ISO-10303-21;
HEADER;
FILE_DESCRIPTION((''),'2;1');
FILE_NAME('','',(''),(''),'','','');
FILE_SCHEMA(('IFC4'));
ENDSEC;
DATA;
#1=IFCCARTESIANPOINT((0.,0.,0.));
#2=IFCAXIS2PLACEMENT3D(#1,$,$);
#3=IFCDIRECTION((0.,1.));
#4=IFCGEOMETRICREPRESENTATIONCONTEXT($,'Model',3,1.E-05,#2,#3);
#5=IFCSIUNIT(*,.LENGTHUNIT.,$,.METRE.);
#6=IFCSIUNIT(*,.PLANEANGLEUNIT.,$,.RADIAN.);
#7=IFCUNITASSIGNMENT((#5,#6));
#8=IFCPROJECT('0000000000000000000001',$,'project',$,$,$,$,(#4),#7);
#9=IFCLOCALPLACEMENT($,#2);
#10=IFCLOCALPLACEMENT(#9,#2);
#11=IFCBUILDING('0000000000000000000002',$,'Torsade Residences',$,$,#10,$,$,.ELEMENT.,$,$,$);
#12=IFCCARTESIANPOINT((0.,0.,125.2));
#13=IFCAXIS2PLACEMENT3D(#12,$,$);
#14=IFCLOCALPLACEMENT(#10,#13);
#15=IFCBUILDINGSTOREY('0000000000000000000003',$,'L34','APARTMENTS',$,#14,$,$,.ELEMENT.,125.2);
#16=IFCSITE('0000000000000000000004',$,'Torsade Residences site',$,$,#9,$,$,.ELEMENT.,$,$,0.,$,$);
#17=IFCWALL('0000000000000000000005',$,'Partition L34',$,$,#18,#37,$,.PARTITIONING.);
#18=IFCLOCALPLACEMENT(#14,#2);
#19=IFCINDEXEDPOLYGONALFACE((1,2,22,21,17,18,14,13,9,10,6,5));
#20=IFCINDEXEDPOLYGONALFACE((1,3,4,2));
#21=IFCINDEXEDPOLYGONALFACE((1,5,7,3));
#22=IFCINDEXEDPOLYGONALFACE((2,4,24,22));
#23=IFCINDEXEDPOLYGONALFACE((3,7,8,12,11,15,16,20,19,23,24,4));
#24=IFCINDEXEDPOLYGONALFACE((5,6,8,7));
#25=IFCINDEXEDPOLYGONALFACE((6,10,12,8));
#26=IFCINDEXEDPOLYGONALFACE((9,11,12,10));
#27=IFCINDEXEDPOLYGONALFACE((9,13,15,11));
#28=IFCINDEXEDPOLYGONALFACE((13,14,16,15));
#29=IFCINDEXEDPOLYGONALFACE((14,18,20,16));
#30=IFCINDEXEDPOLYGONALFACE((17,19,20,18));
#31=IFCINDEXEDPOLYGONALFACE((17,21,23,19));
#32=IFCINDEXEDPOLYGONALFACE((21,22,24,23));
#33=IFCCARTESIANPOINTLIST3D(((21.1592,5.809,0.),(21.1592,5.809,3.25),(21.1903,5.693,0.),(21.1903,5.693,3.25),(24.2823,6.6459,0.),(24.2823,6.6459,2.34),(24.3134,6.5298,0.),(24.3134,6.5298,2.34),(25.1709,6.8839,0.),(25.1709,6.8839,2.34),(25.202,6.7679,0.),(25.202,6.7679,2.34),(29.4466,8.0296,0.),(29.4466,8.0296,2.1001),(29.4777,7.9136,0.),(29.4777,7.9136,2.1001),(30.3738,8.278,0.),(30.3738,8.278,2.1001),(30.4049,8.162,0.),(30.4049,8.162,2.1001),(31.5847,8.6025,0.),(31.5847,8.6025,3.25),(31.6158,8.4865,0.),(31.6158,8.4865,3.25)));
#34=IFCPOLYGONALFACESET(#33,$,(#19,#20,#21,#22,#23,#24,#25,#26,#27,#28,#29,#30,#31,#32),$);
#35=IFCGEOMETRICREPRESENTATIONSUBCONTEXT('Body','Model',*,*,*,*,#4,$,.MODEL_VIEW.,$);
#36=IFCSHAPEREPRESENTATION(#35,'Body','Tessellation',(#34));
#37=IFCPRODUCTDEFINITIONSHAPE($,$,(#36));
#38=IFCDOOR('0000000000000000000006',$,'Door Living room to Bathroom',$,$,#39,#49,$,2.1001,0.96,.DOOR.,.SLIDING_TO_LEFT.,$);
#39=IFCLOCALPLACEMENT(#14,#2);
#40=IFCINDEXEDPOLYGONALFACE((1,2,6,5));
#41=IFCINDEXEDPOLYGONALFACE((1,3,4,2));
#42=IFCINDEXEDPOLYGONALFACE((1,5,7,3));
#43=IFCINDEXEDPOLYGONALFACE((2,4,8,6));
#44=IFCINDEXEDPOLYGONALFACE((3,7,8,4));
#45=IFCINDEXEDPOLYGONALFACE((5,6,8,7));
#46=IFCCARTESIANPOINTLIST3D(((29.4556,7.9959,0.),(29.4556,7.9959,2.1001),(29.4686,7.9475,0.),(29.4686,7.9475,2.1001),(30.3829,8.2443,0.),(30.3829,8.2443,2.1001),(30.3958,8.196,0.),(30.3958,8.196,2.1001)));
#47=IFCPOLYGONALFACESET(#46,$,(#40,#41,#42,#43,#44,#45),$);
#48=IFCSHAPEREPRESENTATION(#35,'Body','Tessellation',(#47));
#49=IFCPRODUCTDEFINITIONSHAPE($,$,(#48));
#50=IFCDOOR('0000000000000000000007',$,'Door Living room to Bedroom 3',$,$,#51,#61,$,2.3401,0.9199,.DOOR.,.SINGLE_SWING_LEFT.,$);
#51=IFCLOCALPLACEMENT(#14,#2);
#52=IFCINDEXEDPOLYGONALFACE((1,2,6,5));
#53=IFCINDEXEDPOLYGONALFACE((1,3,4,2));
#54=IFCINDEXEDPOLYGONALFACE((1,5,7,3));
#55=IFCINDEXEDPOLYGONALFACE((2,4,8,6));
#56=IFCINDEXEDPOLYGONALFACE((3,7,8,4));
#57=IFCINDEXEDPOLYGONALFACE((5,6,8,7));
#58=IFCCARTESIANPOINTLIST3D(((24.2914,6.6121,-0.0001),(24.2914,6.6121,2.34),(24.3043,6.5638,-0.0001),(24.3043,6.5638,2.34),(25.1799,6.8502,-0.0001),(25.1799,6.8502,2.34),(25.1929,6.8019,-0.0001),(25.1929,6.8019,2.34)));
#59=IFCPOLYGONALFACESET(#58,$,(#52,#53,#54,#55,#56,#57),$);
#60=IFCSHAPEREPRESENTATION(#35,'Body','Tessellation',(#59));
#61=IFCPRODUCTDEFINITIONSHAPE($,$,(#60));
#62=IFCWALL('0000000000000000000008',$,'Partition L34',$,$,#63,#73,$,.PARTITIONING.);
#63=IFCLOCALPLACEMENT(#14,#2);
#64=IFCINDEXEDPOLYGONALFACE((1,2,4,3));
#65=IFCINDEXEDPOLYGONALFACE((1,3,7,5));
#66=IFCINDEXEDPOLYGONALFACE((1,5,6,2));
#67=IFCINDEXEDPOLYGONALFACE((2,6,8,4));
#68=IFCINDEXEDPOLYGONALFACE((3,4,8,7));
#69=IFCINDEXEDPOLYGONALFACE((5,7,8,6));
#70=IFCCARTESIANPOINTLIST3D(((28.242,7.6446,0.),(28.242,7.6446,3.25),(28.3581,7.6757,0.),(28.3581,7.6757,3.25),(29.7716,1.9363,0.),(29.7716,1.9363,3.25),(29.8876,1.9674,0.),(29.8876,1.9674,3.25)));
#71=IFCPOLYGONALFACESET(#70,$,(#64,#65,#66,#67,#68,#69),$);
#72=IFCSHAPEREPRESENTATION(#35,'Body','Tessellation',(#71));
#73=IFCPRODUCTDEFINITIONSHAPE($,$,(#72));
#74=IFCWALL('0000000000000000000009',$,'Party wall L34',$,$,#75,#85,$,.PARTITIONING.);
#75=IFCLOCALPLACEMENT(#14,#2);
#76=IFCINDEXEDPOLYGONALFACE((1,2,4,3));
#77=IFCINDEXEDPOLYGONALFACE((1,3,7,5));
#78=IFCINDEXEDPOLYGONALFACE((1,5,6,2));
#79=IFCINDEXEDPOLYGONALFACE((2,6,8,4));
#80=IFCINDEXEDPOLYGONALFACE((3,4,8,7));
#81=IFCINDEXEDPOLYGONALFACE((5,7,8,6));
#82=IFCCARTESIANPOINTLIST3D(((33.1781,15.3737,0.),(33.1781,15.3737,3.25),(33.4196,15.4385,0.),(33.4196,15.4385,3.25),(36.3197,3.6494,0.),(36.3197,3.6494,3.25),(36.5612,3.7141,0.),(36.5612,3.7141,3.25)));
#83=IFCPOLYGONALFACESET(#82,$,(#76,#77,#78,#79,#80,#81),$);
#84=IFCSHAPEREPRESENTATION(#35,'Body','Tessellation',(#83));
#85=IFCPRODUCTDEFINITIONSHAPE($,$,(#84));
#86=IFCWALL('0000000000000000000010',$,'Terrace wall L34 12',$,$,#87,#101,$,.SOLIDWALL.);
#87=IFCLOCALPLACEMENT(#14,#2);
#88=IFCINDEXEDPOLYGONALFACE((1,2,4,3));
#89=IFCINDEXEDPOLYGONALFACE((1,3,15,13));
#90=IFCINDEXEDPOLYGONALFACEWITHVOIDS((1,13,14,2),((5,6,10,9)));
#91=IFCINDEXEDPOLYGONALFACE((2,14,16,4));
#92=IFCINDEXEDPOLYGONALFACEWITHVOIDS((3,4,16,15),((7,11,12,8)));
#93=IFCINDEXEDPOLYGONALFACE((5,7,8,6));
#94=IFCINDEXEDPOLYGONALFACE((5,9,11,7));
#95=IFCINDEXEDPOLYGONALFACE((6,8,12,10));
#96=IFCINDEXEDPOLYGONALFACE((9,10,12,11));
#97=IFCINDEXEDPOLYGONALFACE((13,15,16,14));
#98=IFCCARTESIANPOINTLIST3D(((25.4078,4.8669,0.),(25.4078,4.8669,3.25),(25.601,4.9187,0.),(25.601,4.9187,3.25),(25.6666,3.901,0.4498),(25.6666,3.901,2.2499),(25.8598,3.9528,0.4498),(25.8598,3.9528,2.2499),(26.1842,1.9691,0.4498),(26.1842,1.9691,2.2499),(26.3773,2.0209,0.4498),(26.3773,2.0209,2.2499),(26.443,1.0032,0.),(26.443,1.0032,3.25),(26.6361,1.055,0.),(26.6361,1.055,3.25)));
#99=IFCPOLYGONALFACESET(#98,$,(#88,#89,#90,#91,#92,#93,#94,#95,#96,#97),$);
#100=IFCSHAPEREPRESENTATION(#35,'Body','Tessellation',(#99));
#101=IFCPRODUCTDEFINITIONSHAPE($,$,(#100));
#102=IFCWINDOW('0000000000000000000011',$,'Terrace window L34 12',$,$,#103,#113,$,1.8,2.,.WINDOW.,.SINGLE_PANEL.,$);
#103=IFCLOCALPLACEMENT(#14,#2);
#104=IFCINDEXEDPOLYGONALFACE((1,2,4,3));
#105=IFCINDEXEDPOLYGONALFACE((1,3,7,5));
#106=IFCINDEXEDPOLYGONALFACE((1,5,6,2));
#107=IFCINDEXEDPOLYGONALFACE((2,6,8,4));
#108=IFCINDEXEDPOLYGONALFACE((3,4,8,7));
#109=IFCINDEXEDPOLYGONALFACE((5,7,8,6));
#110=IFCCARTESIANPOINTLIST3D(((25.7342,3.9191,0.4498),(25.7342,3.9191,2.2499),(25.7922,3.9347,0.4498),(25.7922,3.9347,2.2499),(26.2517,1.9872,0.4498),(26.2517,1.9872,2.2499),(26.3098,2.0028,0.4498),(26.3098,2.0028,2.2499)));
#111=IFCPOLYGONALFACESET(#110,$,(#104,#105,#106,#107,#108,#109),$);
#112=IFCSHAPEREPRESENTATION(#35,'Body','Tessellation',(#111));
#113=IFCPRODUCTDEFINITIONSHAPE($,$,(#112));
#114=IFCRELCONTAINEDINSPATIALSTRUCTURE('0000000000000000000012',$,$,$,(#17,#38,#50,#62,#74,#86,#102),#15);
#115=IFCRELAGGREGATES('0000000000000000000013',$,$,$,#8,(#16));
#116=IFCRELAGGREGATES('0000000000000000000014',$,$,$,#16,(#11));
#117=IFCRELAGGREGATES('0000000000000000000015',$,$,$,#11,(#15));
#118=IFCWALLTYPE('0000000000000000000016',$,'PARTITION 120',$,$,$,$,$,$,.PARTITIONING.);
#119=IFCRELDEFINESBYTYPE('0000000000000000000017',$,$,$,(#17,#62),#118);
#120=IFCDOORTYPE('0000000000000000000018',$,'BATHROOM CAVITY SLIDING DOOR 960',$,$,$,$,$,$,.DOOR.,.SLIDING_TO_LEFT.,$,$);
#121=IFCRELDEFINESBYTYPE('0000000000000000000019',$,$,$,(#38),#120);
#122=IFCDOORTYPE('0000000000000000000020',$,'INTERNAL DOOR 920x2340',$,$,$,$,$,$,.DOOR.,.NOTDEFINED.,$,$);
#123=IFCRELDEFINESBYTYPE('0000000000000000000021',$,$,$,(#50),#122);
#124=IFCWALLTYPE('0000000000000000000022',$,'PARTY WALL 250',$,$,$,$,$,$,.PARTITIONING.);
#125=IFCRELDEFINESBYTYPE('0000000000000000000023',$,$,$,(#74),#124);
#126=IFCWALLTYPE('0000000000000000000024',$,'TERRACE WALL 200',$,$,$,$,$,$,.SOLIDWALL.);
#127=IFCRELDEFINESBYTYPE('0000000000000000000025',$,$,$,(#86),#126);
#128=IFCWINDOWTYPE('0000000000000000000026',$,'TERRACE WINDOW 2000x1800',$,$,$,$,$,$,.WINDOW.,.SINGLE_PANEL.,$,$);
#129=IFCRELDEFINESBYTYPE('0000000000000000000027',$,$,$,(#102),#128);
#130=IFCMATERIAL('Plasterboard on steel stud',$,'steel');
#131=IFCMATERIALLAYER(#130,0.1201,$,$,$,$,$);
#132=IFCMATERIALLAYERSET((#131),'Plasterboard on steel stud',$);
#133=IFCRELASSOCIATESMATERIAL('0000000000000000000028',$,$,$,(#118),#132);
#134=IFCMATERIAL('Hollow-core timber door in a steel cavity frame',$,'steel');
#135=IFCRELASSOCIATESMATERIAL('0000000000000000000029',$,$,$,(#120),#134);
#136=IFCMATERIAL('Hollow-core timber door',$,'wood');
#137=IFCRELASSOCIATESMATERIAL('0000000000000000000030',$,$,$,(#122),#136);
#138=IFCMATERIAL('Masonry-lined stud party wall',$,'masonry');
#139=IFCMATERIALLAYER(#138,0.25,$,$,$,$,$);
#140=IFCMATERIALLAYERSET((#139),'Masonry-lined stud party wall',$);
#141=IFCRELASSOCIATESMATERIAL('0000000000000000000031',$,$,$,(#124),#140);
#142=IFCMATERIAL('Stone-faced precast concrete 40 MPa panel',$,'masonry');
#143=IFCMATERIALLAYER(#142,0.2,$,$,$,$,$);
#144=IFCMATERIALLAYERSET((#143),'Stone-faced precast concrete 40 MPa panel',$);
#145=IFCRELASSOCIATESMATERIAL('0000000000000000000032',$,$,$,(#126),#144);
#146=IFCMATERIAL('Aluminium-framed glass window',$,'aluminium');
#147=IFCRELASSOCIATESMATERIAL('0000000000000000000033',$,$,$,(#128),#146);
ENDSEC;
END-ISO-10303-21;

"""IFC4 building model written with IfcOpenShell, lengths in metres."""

from ifc_helpers import new_model, si_unit, direction, frame, frame_2d, origin, place, context, subcontext, project, spatial, rectangle, extrude, material, layer, layer_set, type_object, element, fill, save


model = new_model("IFC4")

# Units and contexts
model_context = context("Model", 3, precision=1e-05, world=origin(), true_north=direction((0.0, 1.0)))
body_context = subcontext(model_context, "Body", "Model", "MODEL_VIEW")
ifc_project = project(units=[si_unit("LENGTHUNIT", "METRE"), si_unit("PLANEANGLEUNIT", "RADIAN")], contexts=[model_context])

# Site, building, storey
site_placement = place(None, origin())
site = spatial("IfcSite", under=ifc_project, at=site_placement, Name="Torsade Residences site", CompositionType="ELEMENT", RefElevation=0.0)
building_placement = place(site_placement, origin())
building = spatial("IfcBuilding", under=site, at=building_placement, Name="Torsade Residences", CompositionType="ELEMENT")
storey_placement = place(building_placement, frame((0.0, 0.0, 125.2)))
storey = spatial("IfcBuildingStorey", under=building, at=storey_placement, Name="L34", Description="APARTMENTS", CompositionType="ELEMENT", Elevation=125.2)

# Wall, openings, doors
ifc_material_1 = material(Name="Plasterboard on steel stud", Category="steel")
ifc_layer_1 = layer(ifc_material_1, 0.1201)
ifc_layer_set_1 = layer_set([ifc_layer_1], Name="Plasterboard on steel stud")
wall_type_1 = type_object("IfcWallType", Name="PARTITION 120", PredefinedType="PARTITIONING", material=ifc_layer_set_1)
wall_1_placement = place(storey_placement, frame((31.6001, 8.5444, 0.0), z_axis=(0.0, 0.0, 1.0), x_axis=(-0.965927, -0.258814, 0.0)))
wall_1 = element("IfcWall", 1, at=wall_1_placement, inside=storey, type_object=wall_type_1, Name="Partition L34", PredefinedType="PARTITIONING", context=body_context, shape_type="SweptSolid", body=[
    extrude(rectangle(XDim=10.7932, YDim=0.1201, at=frame_2d((5.3965, 0.0))), origin(), (0.0, 0.0, 1.0), 3.25),
])
opening_1_placement = place(wall_1_placement, frame((6.6399, 0.0, 0.0)))
opening_1 = element("IfcOpeningElement", 2, at=opening_1_placement, cuts=wall_1, PredefinedType="OPENING", context=body_context, shape_type="SweptSolid", body=[
    extrude(rectangle(XDim=0.9199, YDim=2.3401, at=frame_2d((0.46, 1.1699))), frame((0.0, 0.0701, 0.0), z_axis=(0.0, -1.0, 0.0), x_axis=(1.0, 0.0, 0.0)), (0.0, 0.0, 1.0), 0.1401),
])
opening_2_placement = place(wall_1_placement, frame((1.2534, 0.0, 0.0)))
opening_2 = element("IfcOpeningElement", 3, at=opening_2_placement, cuts=wall_1, PredefinedType="OPENING", context=body_context, shape_type="SweptSolid", body=[
    extrude(rectangle(XDim=0.96, YDim=2.1001, at=frame_2d((0.48, 1.05))), frame((0.0, 0.0701, 0.0), z_axis=(0.0, -1.0, 0.0), x_axis=(1.0, 0.0, 0.0)), (0.0, 0.0, 1.0), 0.1401),
])
ifc_material_2 = material(Name="Hollow-core timber door in a steel cavity frame", Category="steel")
door_type_1 = type_object("IfcDoorType", Name="BATHROOM CAVITY SLIDING DOOR 960", OperationType="SLIDING_TO_LEFT", PredefinedType="DOOR", material=ifc_material_2)
door_1_placement = place(opening_2_placement, origin())
door_1 = element("IfcDoor", 4, at=door_1_placement, inside=storey, type_object=door_type_1, Name="Door Living room to Bathroom", OperationType="SLIDING_TO_LEFT", OverallHeight=2.1001, OverallWidth=0.96, PredefinedType="DOOR", context=body_context, shape_type="SweptSolid", body=[
    extrude(rectangle(XDim=0.96, YDim=2.1001, at=frame_2d((0.48, 1.05))), frame((0.0, 0.0249, 0.0), z_axis=(0.0, -1.0, 0.0), x_axis=(1.0, 0.0, 0.0)), (0.0, 0.0, 1.0), 0.05),
])
fill(opening_2, door_1)
ifc_material_3 = material(Name="Hollow-core timber door", Category="wood")
door_type_2 = type_object("IfcDoorType", Name="INTERNAL DOOR 920x2340", OperationType="NOTDEFINED", PredefinedType="DOOR", material=ifc_material_3)
door_2_placement = place(opening_1_placement, origin())
door_2 = element("IfcDoor", 5, at=door_2_placement, inside=storey, type_object=door_type_2, Name="Door Living room to Bedroom 3", OperationType="SINGLE_SWING_LEFT", OverallHeight=2.3401, OverallWidth=0.9199, PredefinedType="DOOR", context=body_context, shape_type="SweptSolid", body=[
    extrude(rectangle(XDim=0.9199, YDim=2.3401, at=frame_2d((0.46, 1.1699))), frame((0.0, 0.0249, 0.0), z_axis=(0.0, -1.0, 0.0), x_axis=(1.0, 0.0, 0.0)), (0.0, 0.0, 1.0), 0.05),
])
fill(opening_1, door_2)

# Walls
wall_2_placement = place(storey_placement, frame((28.3, 7.6602, 0.0), z_axis=(0.0, 0.0, 1.0), x_axis=(0.258822, -0.965925, 0.0)))
element("IfcWall", 6, at=wall_2_placement, inside=storey, type_object=wall_type_1, Name="Partition L34", PredefinedType="PARTITIONING", context=body_context, shape_type="SweptSolid", body=[
    extrude(rectangle(XDim=5.9097, YDim=0.1201, at=frame_2d((2.9548, 0.0))), origin(), (0.0, 0.0, 1.0), 3.25),
])
ifc_material_4 = material(Name="Masonry-lined stud party wall", Category="masonry")
ifc_layer_2 = layer(ifc_material_4, 0.25)
ifc_layer_set_2 = layer_set([ifc_layer_2], Name="Masonry-lined stud party wall")
wall_type_2 = type_object("IfcWallType", Name="PARTY WALL 250", PredefinedType="PARTITIONING", material=ifc_layer_set_2)
wall_3_placement = place(storey_placement, frame((36.4404, 3.6819, 0.0), z_axis=(0.0, 0.0, 1.0), x_axis=(-0.258824, 0.965924, 0.0)))
element("IfcWall", 7, at=wall_3_placement, inside=storey, type_object=wall_type_2, Name="Party wall L34", PredefinedType="PARTITIONING", context=body_context, shape_type="SweptSolid", body=[
    extrude(rectangle(XDim=12.1379, YDim=0.25, at=frame_2d((6.0688, 0.0))), origin(), (0.0, 0.0, 1.0), 3.25),
])

# Wall, opening, window
ifc_material_5 = material(Name="Stone-faced precast concrete 40 MPa panel", Category="masonry")
ifc_layer_3 = layer(ifc_material_5, 0.2)
ifc_layer_set_3 = layer_set([ifc_layer_3], Name="Stone-faced precast concrete 40 MPa panel")
wall_type_3 = type_object("IfcWallType", Name="TERRACE WALL 200", PredefinedType="SOLIDWALL", material=ifc_layer_set_3)
wall_4_placement = place(storey_placement, frame((25.5044, 4.8928, 0.0), z_axis=(0.0, 0.0, 1.0), x_axis=(0.258787, -0.965934, 0.0)))
wall_4 = element("IfcWall", 8, at=wall_4_placement, inside=storey, type_object=wall_type_3, Name="Terrace wall L34 12", PredefinedType="SOLIDWALL", context=body_context, shape_type="SweptSolid", body=[
    extrude(rectangle(XDim=4.0, YDim=0.2, at=frame_2d((2.0, 0.0))), origin(), (0.0, 0.0, 1.0), 3.25),
])
opening_3_placement = place(wall_4_placement, frame((1.0, 0.0, 0.45)))
opening_3 = element("IfcOpeningElement", 9, at=opening_3_placement, cuts=wall_4, PredefinedType="OPENING", context=body_context, shape_type="SweptSolid", body=[
    extrude(rectangle(XDim=2.0, YDim=1.8, at=frame_2d((1.0, 0.8999))), frame((0.0, 0.1099, 0.0), z_axis=(0.0, -1.0, 0.0), x_axis=(1.0, 0.0, 0.0)), (0.0, 0.0, 1.0), 0.22),
])
ifc_material_6 = material(Name="Aluminium-framed glass window", Category="aluminium")
window_type = type_object("IfcWindowType", Name="TERRACE WINDOW 2000x1800", PartitioningType="SINGLE_PANEL", PredefinedType="WINDOW", material=ifc_material_6)
window_placement = place(opening_3_placement, origin())
window = element("IfcWindow", 10, at=window_placement, inside=storey, type_object=window_type, Name="Terrace window L34 12", OverallHeight=1.8, OverallWidth=2.0, PartitioningType="SINGLE_PANEL", PredefinedType="WINDOW", context=body_context, shape_type="SweptSolid", body=[
    extrude(rectangle(XDim=2.0, YDim=1.8, at=frame_2d((1.0, 0.8999))), frame((0.0, 0.03, 0.0), z_axis=(0.0, -1.0, 0.0), x_axis=(1.0, 0.0, 0.0)), (0.0, 0.0, 1.0), 0.0601),
])
fill(opening_3, window)

save(model, "model.ifc")
